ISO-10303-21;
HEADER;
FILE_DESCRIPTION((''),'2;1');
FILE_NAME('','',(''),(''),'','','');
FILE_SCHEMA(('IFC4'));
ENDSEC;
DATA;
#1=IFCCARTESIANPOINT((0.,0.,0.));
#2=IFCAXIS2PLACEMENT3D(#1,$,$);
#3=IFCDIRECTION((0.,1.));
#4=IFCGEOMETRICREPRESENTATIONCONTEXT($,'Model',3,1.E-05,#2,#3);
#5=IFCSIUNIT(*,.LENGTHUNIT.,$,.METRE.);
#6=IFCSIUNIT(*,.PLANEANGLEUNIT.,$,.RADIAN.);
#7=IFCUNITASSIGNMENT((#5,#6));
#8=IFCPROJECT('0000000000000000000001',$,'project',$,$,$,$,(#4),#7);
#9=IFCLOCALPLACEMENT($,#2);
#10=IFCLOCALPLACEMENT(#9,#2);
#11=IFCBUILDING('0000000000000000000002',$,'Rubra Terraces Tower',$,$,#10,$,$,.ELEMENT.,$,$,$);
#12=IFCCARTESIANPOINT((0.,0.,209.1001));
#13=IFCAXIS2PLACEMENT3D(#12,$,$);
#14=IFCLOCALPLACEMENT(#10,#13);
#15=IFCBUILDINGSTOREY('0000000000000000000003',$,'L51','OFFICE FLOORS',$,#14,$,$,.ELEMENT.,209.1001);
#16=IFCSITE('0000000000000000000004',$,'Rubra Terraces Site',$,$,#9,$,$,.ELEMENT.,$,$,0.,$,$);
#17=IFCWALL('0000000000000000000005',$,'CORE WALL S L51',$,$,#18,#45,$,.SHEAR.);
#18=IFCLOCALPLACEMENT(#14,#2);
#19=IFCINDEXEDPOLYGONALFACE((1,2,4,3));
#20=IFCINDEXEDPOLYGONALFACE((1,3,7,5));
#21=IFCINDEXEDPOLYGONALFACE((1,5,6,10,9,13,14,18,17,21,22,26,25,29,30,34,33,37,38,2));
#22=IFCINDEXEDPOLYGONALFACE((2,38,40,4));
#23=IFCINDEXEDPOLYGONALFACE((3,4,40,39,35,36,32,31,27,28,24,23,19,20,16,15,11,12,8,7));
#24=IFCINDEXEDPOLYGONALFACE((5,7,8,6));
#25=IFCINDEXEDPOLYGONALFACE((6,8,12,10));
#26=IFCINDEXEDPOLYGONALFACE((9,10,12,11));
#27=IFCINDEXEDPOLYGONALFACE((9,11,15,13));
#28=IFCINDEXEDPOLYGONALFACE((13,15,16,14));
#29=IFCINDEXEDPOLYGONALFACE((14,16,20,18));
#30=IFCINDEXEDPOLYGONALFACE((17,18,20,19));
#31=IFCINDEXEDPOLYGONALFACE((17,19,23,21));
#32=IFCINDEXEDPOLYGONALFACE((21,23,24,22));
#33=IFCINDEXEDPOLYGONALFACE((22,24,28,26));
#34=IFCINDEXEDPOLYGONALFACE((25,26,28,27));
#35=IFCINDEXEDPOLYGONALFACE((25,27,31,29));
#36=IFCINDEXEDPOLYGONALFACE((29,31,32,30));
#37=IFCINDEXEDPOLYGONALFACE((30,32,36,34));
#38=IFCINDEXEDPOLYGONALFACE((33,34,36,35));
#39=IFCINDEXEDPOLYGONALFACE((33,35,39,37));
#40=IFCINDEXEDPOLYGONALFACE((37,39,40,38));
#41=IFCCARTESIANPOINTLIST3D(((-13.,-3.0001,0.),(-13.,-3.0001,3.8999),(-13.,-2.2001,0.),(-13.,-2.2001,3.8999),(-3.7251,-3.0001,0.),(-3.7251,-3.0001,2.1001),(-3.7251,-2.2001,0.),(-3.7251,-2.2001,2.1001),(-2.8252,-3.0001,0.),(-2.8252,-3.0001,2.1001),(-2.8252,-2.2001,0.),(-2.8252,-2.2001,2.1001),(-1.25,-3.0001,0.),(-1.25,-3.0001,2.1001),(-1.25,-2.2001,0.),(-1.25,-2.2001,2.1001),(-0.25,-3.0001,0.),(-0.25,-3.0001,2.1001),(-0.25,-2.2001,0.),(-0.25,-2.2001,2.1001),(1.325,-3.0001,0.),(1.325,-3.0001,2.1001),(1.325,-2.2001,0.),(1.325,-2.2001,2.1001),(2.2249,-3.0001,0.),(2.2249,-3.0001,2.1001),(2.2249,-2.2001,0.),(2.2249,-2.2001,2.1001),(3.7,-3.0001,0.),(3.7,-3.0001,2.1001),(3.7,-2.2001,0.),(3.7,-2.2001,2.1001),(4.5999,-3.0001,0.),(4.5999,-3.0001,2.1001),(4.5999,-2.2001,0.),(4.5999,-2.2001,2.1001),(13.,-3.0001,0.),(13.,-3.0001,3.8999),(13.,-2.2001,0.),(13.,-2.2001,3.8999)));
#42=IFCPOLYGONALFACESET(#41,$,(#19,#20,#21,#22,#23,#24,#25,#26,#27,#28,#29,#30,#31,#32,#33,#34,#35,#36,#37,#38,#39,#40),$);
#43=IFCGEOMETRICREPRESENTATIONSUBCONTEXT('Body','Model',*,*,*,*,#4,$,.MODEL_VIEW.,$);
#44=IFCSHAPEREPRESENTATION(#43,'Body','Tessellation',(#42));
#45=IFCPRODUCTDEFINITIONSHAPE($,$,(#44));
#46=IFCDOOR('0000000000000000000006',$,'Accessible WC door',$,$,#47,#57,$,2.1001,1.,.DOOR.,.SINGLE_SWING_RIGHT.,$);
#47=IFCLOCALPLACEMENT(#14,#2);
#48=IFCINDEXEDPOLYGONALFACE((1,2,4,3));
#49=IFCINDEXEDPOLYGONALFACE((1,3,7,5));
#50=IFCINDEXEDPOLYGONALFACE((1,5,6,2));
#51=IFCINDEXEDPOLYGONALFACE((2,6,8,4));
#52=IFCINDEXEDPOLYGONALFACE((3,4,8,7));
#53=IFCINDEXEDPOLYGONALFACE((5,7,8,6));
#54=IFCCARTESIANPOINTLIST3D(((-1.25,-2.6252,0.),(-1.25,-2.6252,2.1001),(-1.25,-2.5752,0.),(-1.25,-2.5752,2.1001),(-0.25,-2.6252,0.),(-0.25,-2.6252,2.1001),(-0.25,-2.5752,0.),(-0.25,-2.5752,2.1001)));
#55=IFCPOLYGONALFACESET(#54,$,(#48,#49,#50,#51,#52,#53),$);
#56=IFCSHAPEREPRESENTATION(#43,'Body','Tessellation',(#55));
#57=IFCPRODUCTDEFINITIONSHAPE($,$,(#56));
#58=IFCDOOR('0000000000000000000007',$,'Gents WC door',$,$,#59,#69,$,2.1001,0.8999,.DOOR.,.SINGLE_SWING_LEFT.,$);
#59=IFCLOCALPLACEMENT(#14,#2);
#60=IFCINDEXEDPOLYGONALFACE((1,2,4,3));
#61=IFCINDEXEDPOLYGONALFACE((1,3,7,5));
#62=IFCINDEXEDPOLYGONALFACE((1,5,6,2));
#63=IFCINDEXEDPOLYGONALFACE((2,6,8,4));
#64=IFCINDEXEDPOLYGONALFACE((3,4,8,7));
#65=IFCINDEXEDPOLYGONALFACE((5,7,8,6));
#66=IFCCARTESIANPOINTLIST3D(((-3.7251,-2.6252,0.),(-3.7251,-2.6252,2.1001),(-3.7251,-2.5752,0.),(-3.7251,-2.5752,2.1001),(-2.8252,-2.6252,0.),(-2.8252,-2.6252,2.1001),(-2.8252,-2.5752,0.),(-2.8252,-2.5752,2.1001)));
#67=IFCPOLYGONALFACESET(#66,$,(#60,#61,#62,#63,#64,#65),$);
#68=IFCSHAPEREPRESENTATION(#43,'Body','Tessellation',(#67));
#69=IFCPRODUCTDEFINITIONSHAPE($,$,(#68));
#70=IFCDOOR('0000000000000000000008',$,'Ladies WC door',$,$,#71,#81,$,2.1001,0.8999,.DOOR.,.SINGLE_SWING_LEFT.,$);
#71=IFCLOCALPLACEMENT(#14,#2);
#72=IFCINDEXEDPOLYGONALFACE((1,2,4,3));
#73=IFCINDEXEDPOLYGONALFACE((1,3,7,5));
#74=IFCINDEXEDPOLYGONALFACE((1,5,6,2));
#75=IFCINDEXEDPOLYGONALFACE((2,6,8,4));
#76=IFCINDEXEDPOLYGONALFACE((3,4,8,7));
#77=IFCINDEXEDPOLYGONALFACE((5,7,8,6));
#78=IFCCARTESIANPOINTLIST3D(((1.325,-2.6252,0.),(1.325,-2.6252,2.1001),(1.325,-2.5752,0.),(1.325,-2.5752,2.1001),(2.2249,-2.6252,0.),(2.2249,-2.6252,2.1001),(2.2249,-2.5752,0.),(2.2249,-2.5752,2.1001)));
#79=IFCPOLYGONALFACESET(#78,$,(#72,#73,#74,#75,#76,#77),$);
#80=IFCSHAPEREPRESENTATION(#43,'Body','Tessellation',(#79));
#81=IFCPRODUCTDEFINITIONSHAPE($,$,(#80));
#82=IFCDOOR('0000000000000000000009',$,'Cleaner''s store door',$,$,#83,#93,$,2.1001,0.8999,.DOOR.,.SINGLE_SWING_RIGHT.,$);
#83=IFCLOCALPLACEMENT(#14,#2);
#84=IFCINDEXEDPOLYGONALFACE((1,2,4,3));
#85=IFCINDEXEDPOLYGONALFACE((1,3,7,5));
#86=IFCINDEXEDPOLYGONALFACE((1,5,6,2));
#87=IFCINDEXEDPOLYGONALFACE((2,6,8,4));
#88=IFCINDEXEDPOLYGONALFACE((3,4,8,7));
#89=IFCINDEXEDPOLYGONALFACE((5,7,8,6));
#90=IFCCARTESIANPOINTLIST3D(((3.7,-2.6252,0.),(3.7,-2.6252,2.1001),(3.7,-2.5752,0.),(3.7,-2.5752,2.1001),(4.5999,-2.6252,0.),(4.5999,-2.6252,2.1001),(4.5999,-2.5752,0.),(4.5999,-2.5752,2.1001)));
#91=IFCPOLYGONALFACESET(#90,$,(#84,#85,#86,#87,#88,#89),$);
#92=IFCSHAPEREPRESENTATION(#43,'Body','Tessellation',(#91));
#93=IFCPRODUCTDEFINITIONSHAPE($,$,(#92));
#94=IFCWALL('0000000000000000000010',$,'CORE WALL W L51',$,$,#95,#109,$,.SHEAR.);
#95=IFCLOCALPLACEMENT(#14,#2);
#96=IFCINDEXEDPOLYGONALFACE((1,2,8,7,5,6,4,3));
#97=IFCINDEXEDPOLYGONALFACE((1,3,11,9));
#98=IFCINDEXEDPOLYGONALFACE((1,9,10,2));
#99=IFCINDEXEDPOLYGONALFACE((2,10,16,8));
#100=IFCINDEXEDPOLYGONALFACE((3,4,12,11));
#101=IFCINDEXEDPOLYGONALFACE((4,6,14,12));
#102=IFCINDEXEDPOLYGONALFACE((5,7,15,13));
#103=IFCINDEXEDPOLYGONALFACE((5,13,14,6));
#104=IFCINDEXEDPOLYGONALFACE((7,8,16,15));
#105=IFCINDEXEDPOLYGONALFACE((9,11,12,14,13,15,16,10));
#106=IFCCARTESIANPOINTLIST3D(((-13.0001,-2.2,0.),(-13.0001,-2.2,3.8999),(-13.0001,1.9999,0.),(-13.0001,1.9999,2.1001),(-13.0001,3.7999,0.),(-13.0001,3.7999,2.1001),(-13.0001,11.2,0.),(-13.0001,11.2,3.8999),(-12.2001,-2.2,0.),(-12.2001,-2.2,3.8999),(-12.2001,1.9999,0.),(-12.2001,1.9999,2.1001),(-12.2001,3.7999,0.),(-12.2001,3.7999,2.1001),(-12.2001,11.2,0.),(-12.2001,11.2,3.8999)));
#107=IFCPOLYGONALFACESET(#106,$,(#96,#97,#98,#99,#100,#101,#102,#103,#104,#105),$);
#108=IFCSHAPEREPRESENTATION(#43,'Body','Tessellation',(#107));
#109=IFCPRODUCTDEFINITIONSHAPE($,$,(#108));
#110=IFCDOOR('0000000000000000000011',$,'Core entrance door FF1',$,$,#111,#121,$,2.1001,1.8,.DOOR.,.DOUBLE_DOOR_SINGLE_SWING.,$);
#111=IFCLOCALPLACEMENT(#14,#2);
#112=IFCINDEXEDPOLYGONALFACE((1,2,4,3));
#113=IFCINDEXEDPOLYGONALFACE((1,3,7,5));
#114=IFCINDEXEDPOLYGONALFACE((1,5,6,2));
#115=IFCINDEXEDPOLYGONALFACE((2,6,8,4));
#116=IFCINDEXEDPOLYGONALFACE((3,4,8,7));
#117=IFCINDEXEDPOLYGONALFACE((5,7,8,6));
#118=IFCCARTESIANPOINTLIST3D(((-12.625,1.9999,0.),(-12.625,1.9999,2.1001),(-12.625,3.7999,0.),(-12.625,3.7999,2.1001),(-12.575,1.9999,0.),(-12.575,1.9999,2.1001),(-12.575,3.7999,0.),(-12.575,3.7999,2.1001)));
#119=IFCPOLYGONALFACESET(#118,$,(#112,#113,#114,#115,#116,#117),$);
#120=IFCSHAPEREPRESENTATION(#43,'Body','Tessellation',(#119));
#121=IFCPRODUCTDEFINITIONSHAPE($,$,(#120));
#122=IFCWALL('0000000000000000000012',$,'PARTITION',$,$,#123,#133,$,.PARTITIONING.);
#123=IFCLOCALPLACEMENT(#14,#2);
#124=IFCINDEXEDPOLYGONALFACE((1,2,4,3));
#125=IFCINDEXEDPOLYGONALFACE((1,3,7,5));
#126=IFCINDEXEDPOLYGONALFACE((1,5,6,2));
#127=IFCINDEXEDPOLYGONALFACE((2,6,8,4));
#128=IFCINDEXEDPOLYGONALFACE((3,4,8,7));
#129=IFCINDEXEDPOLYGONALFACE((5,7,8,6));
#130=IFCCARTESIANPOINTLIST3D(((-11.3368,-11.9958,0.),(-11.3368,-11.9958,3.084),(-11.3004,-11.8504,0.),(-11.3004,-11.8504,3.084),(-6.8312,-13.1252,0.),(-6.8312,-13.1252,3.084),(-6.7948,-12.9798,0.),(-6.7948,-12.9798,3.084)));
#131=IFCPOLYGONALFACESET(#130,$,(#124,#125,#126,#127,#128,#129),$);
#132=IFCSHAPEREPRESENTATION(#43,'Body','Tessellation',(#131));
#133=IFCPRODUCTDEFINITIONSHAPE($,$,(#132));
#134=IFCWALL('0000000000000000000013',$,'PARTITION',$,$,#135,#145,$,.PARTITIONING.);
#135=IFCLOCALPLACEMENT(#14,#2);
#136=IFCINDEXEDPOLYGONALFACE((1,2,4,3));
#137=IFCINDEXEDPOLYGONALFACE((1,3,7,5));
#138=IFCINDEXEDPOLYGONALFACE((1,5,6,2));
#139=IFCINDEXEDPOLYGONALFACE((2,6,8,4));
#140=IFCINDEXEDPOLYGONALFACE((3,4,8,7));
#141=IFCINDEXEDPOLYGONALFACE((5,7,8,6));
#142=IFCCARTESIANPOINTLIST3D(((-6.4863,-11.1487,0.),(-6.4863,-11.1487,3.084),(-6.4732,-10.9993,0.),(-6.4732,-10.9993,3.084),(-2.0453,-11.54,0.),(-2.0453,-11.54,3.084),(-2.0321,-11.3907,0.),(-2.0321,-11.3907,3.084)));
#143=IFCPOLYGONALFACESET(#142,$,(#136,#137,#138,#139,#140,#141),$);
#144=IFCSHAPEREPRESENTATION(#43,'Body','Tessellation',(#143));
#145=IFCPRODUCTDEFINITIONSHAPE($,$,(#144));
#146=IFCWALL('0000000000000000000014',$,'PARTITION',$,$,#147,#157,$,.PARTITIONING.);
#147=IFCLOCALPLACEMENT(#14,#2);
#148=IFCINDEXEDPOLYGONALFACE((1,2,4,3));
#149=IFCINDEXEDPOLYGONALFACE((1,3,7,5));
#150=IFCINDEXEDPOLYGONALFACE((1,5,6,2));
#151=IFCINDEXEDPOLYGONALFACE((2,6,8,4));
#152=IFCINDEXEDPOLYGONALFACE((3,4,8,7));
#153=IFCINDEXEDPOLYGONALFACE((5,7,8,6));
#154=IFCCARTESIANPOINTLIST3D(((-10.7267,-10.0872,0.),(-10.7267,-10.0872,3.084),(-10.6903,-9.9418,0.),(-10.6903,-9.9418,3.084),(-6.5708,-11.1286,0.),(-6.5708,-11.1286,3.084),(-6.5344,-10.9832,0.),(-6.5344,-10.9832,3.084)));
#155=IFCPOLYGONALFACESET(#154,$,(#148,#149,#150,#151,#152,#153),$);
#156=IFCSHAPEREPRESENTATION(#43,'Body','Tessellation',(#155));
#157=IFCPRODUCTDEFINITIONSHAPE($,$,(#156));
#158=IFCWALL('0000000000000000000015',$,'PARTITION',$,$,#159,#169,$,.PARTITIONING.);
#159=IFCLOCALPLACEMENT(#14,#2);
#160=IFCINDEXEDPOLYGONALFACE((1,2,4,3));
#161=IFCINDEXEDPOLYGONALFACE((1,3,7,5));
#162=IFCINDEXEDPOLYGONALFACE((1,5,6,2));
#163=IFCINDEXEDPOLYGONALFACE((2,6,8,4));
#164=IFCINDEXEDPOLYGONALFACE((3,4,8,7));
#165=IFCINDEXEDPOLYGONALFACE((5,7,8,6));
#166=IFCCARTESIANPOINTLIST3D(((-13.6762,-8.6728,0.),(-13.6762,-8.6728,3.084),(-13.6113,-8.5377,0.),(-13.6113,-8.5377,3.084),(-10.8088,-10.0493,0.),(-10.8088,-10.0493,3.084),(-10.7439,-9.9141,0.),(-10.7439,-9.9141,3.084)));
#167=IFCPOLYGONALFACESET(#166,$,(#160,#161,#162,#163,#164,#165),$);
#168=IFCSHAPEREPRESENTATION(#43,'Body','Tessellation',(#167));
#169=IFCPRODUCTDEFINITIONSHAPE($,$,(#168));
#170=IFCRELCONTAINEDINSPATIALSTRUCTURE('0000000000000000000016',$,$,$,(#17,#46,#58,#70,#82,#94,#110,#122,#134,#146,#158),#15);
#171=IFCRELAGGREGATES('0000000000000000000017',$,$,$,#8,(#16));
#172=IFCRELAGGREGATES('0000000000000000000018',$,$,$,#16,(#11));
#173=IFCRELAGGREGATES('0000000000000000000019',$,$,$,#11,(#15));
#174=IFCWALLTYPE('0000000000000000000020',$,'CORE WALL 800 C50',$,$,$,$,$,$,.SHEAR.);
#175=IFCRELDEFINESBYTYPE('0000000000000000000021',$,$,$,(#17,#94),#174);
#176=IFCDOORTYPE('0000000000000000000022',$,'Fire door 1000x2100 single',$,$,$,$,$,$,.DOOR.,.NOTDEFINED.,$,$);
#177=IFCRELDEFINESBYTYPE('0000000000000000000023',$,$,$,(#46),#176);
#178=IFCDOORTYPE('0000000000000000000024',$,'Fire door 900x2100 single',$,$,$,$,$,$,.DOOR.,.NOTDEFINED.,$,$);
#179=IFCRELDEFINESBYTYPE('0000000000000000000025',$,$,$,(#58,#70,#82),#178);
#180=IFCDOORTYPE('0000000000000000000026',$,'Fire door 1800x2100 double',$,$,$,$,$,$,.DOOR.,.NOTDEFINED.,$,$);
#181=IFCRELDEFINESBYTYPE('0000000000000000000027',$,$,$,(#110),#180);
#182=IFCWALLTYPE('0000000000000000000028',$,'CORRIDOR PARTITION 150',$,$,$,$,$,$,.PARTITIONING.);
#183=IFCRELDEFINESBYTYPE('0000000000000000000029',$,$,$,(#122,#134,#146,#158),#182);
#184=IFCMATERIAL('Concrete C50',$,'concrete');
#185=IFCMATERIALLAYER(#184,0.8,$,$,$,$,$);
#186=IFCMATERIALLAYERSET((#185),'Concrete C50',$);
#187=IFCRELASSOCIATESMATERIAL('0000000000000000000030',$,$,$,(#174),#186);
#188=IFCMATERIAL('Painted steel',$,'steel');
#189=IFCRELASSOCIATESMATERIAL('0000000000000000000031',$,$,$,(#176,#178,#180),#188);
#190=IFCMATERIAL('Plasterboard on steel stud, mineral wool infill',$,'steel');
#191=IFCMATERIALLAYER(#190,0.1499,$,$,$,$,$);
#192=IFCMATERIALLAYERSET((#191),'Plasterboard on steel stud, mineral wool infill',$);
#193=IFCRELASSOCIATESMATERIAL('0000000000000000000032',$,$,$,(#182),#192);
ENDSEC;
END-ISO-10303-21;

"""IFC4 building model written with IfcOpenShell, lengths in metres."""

from ifc_helpers import new_model, si_unit, direction, frame, frame_2d, origin, place, context, subcontext, project, spatial, rectangle, extrude, material, layer, layer_set, type_object, element, fill, save


model = new_model("IFC4")

# Units and contexts
model_context = context("Model", 3, precision=1e-05, world=origin(), true_north=direction((0.0, 1.0)))
body_context = subcontext(model_context, "Body", "Model", "MODEL_VIEW")
ifc_project = project(units=[si_unit("LENGTHUNIT", "METRE"), si_unit("PLANEANGLEUNIT", "RADIAN")], contexts=[model_context])

# Site, building, storey
site_placement = place(None, origin())
site = spatial("IfcSite", under=ifc_project, at=site_placement, Name="Rubra Terraces Site", CompositionType="ELEMENT", RefElevation=0.0)
building_placement = place(site_placement, origin())
building = spatial("IfcBuilding", under=site, at=building_placement, Name="Rubra Terraces Tower", CompositionType="ELEMENT")
storey_placement = place(building_placement, frame((0.0, 0.0, 209.1001)))
storey = spatial("IfcBuildingStorey", under=building, at=storey_placement, Name="L51", Description="OFFICE FLOORS", CompositionType="ELEMENT", Elevation=209.1001)

# Wall, openings, doors
ifc_material_1 = material(Name="Concrete C50", Category="concrete")
ifc_layer_1 = layer(ifc_material_1, 0.8)
ifc_layer_set_1 = layer_set([ifc_layer_1], Name="Concrete C50")
wall_type_1 = type_object("IfcWallType", Name="CORE WALL 800 C50", PredefinedType="SHEAR", material=ifc_layer_set_1)
wall_1_placement = place(storey_placement, frame((-13.0, -2.6001, 0.0), z_axis=(0.0, 0.0, 1.0), x_axis=(1.0, 0.0, 0.0)))
wall_1 = element("IfcWall", 1, at=wall_1_placement, inside=storey, type_object=wall_type_1, Name="CORE WALL S L51", PredefinedType="SHEAR", context=body_context, shape_type="SweptSolid", body=[
    extrude(rectangle(XDim=26.0, YDim=0.8, at=frame_2d((13.0, 0.0))), origin(), (0.0, 0.0, 1.0), 3.8999),
])
opening_1_placement = place(wall_1_placement, frame((9.2749, 0.0, 0.0)))
opening_1 = element("IfcOpeningElement", 2, at=opening_1_placement, cuts=wall_1, PredefinedType="OPENING", context=body_context, shape_type="SweptSolid", body=[
    extrude(rectangle(XDim=0.8999, YDim=2.1001, at=frame_2d((0.45, 1.05))), frame((0.0, 0.4099, 0.0), z_axis=(0.0, -1.0, 0.0), x_axis=(1.0, 0.0, 0.0)), (0.0, 0.0, 1.0), 0.8201),
])
opening_2_placement = place(wall_1_placement, frame((11.75, 0.0, 0.0)))
opening_2 = element("IfcOpeningElement", 3, at=opening_2_placement, cuts=wall_1, PredefinedType="OPENING", context=body_context, shape_type="SweptSolid", body=[
    extrude(rectangle(XDim=1.0, YDim=2.1001, at=frame_2d((0.5, 1.05))), frame((0.0, 0.4099, 0.0), z_axis=(0.0, -1.0, 0.0), x_axis=(1.0, 0.0, 0.0)), (0.0, 0.0, 1.0), 0.8201),
])
opening_3_placement = place(wall_1_placement, frame((14.325, 0.0, 0.0)))
opening_3 = element("IfcOpeningElement", 4, at=opening_3_placement, cuts=wall_1, PredefinedType="OPENING", context=body_context, shape_type="SweptSolid", body=[
    extrude(rectangle(XDim=0.8999, YDim=2.1001, at=frame_2d((0.45, 1.05))), frame((0.0, 0.4099, 0.0), z_axis=(0.0, -1.0, 0.0), x_axis=(1.0, 0.0, 0.0)), (0.0, 0.0, 1.0), 0.8201),
])
opening_4_placement = place(wall_1_placement, frame((16.7, 0.0, 0.0)))
opening_4 = element("IfcOpeningElement", 5, at=opening_4_placement, cuts=wall_1, PredefinedType="OPENING", context=body_context, shape_type="SweptSolid", body=[
    extrude(rectangle(XDim=0.8999, YDim=2.1001, at=frame_2d((0.45, 1.05))), frame((0.0, 0.4099, 0.0), z_axis=(0.0, -1.0, 0.0), x_axis=(1.0, 0.0, 0.0)), (0.0, 0.0, 1.0), 0.8201),
])
ifc_material_2 = material(Name="Painted steel", Category="steel")
door_type_1 = type_object("IfcDoorType", Name="Fire door 1000x2100 single", OperationType="NOTDEFINED", PredefinedType="DOOR", material=ifc_material_2)
door_1_placement = place(opening_2_placement, origin())
door_1 = element("IfcDoor", 6, at=door_1_placement, inside=storey, type_object=door_type_1, Name="Accessible WC door", OperationType="SINGLE_SWING_RIGHT", OverallHeight=2.1001, OverallWidth=1.0, PredefinedType="DOOR", context=body_context, shape_type="SweptSolid", body=[
    extrude(rectangle(XDim=1.0, YDim=2.1001, at=frame_2d((0.5, 1.05))), frame((0.0, 0.0249, 0.0), z_axis=(0.0, -1.0, 0.0), x_axis=(1.0, 0.0, 0.0)), (0.0, 0.0, 1.0), 0.05),
])
fill(opening_2, door_1)
door_type_2 = type_object("IfcDoorType", Name="Fire door 900x2100 single", OperationType="NOTDEFINED", PredefinedType="DOOR", material=ifc_material_2)
door_2_placement = place(opening_1_placement, origin())
door_2 = element("IfcDoor", 7, at=door_2_placement, inside=storey, type_object=door_type_2, Name="Gents WC door", OperationType="SINGLE_SWING_LEFT", OverallHeight=2.1001, OverallWidth=0.8999, PredefinedType="DOOR", context=body_context, shape_type="SweptSolid", body=[
    extrude(rectangle(XDim=0.8999, YDim=2.1001, at=frame_2d((0.45, 1.05))), frame((0.0, 0.0249, 0.0), z_axis=(0.0, -1.0, 0.0), x_axis=(1.0, 0.0, 0.0)), (0.0, 0.0, 1.0), 0.05),
])
fill(opening_1, door_2)
door_3_placement = place(opening_3_placement, origin())
door_3 = element("IfcDoor", 8, at=door_3_placement, inside=storey, type_object=door_type_2, Name="Ladies WC door", OperationType="SINGLE_SWING_LEFT", OverallHeight=2.1001, OverallWidth=0.8999, PredefinedType="DOOR", context=body_context, shape_type="SweptSolid", body=[
    extrude(rectangle(XDim=0.8999, YDim=2.1001, at=frame_2d((0.45, 1.05))), frame((0.0, 0.0249, 0.0), z_axis=(0.0, -1.0, 0.0), x_axis=(1.0, 0.0, 0.0)), (0.0, 0.0, 1.0), 0.05),
])
fill(opening_3, door_3)
door_4_placement = place(opening_4_placement, origin())
door_4 = element("IfcDoor", 9, at=door_4_placement, inside=storey, type_object=door_type_2, Name="Cleaner's store door", OperationType="SINGLE_SWING_RIGHT", OverallHeight=2.1001, OverallWidth=0.8999, PredefinedType="DOOR", context=body_context, shape_type="SweptSolid", body=[
    extrude(rectangle(XDim=0.8999, YDim=2.1001, at=frame_2d((0.45, 1.05))), frame((0.0, 0.0249, 0.0), z_axis=(0.0, -1.0, 0.0), x_axis=(1.0, 0.0, 0.0)), (0.0, 0.0, 1.0), 0.05),
])
fill(opening_4, door_4)

# Wall, opening, door
wall_2_placement = place(storey_placement, frame((-12.6001, -2.2, 0.0), z_axis=(0.0, 0.0, 1.0), x_axis=(0.0, 1.0, 0.0)))
wall_2 = element("IfcWall", 10, at=wall_2_placement, inside=storey, type_object=wall_type_1, Name="CORE WALL W L51", PredefinedType="SHEAR", context=body_context, shape_type="SweptSolid", body=[
    extrude(rectangle(XDim=13.3999, YDim=0.8, at=frame_2d((6.7, 0.0))), origin(), (0.0, 0.0, 1.0), 3.8999),
])
opening_5_placement = place(wall_2_placement, frame((4.2, 0.0, 0.0)))
opening_5 = element("IfcOpeningElement", 11, at=opening_5_placement, cuts=wall_2, PredefinedType="OPENING", context=body_context, shape_type="SweptSolid", body=[
    extrude(rectangle(XDim=1.8, YDim=2.1001, at=frame_2d((0.8999, 1.05))), frame((0.0, 0.4099, 0.0), z_axis=(0.0, -1.0, 0.0), x_axis=(1.0, 0.0, 0.0)), (0.0, 0.0, 1.0), 0.8201),
])
door_type_3 = type_object("IfcDoorType", Name="Fire door 1800x2100 double", OperationType="NOTDEFINED", PredefinedType="DOOR", material=ifc_material_2)
door_5_placement = place(opening_5_placement, origin())
door_5 = element("IfcDoor", 12, at=door_5_placement, inside=storey, type_object=door_type_3, Name="Core entrance door FF1", OperationType="DOUBLE_DOOR_SINGLE_SWING", OverallHeight=2.1001, OverallWidth=1.8, PredefinedType="DOOR", context=body_context, shape_type="SweptSolid", body=[
    extrude(rectangle(XDim=1.8, YDim=2.1001, at=frame_2d((0.8999, 1.05))), frame((0.0, 0.0249, 0.0), z_axis=(0.0, -1.0, 0.0), x_axis=(1.0, 0.0, 0.0)), (0.0, 0.0, 1.0), 0.05),
])
fill(opening_5, door_5)

# Wall
ifc_material_3 = material(Name="Plasterboard on steel stud, mineral wool infill", Category="steel")
ifc_layer_2 = layer(ifc_material_3, 0.1499)
ifc_layer_set_2 = layer_set([ifc_layer_2], Name="Plasterboard on steel stud, mineral wool infill")
wall_type_2 = type_object("IfcWallType", Name="CORRIDOR PARTITION 150", PredefinedType="PARTITIONING", material=ifc_layer_set_2)
wall_3_placement = place(storey_placement, frame((-11.3186, -11.9231, 0.0), z_axis=(0.0, 0.0, 1.0), x_axis=(0.969991, -0.243142, 0.0)))
element("IfcWall", 13, at=wall_3_placement, inside=storey, type_object=wall_type_2, Name="PARTITION", PredefinedType="PARTITIONING", context=body_context, shape_type="SweptSolid", body=[
    extrude(rectangle(XDim=4.645, YDim=0.1499, at=frame_2d((2.3225, 0.0))), origin(), (0.0, 0.0, 1.0), 3.084),
])

# Walls
wall_4_placement = place(storey_placement, frame((-2.0388, -11.4653, 0.0), z_axis=(0.0, 0.0, 1.0), x_axis=(-0.99614, 0.08778, 0.0)))
element("IfcWall", 14, at=wall_4_placement, inside=storey, type_object=wall_type_2, Name="PARTITION", PredefinedType="PARTITIONING", context=body_context, shape_type="SweptSolid", body=[
    extrude(rectangle(XDim=4.4583, YDim=0.1499, at=frame_2d((2.229, 0.0))), origin(), (0.0, 0.0, 1.0), 3.084),
])
wall_5_placement = place(storey_placement, frame((-6.5527, -11.0559, 0.0), z_axis=(0.0, 0.0, 1.0), x_axis=(-0.970005, 0.243085, 0.0)))
element("IfcWall", 15, at=wall_5_placement, inside=storey, type_object=wall_type_2, Name="PARTITION", PredefinedType="PARTITIONING", context=body_context, shape_type="SweptSolid", body=[
    extrude(rectangle(XDim=4.2844, YDim=0.1499, at=frame_2d((2.1421, 0.0))), origin(), (0.0, 0.0, 1.0), 3.084),
])
wall_6_placement = place(storey_placement, frame((-10.7764, -9.9817, 0.0), z_axis=(0.0, 0.0, 1.0), x_axis=(-0.901511, 0.432756, 0.0)))
element("IfcWall", 16, at=wall_6_placement, inside=storey, type_object=wall_type_2, Name="PARTITION", PredefinedType="PARTITIONING", context=body_context, shape_type="SweptSolid", body=[
    extrude(rectangle(XDim=3.1807, YDim=0.1499, at=frame_2d((1.5903, 0.0))), origin(), (0.0, 0.0, 1.0), 3.084),
])

save(model, "model.ifc")
